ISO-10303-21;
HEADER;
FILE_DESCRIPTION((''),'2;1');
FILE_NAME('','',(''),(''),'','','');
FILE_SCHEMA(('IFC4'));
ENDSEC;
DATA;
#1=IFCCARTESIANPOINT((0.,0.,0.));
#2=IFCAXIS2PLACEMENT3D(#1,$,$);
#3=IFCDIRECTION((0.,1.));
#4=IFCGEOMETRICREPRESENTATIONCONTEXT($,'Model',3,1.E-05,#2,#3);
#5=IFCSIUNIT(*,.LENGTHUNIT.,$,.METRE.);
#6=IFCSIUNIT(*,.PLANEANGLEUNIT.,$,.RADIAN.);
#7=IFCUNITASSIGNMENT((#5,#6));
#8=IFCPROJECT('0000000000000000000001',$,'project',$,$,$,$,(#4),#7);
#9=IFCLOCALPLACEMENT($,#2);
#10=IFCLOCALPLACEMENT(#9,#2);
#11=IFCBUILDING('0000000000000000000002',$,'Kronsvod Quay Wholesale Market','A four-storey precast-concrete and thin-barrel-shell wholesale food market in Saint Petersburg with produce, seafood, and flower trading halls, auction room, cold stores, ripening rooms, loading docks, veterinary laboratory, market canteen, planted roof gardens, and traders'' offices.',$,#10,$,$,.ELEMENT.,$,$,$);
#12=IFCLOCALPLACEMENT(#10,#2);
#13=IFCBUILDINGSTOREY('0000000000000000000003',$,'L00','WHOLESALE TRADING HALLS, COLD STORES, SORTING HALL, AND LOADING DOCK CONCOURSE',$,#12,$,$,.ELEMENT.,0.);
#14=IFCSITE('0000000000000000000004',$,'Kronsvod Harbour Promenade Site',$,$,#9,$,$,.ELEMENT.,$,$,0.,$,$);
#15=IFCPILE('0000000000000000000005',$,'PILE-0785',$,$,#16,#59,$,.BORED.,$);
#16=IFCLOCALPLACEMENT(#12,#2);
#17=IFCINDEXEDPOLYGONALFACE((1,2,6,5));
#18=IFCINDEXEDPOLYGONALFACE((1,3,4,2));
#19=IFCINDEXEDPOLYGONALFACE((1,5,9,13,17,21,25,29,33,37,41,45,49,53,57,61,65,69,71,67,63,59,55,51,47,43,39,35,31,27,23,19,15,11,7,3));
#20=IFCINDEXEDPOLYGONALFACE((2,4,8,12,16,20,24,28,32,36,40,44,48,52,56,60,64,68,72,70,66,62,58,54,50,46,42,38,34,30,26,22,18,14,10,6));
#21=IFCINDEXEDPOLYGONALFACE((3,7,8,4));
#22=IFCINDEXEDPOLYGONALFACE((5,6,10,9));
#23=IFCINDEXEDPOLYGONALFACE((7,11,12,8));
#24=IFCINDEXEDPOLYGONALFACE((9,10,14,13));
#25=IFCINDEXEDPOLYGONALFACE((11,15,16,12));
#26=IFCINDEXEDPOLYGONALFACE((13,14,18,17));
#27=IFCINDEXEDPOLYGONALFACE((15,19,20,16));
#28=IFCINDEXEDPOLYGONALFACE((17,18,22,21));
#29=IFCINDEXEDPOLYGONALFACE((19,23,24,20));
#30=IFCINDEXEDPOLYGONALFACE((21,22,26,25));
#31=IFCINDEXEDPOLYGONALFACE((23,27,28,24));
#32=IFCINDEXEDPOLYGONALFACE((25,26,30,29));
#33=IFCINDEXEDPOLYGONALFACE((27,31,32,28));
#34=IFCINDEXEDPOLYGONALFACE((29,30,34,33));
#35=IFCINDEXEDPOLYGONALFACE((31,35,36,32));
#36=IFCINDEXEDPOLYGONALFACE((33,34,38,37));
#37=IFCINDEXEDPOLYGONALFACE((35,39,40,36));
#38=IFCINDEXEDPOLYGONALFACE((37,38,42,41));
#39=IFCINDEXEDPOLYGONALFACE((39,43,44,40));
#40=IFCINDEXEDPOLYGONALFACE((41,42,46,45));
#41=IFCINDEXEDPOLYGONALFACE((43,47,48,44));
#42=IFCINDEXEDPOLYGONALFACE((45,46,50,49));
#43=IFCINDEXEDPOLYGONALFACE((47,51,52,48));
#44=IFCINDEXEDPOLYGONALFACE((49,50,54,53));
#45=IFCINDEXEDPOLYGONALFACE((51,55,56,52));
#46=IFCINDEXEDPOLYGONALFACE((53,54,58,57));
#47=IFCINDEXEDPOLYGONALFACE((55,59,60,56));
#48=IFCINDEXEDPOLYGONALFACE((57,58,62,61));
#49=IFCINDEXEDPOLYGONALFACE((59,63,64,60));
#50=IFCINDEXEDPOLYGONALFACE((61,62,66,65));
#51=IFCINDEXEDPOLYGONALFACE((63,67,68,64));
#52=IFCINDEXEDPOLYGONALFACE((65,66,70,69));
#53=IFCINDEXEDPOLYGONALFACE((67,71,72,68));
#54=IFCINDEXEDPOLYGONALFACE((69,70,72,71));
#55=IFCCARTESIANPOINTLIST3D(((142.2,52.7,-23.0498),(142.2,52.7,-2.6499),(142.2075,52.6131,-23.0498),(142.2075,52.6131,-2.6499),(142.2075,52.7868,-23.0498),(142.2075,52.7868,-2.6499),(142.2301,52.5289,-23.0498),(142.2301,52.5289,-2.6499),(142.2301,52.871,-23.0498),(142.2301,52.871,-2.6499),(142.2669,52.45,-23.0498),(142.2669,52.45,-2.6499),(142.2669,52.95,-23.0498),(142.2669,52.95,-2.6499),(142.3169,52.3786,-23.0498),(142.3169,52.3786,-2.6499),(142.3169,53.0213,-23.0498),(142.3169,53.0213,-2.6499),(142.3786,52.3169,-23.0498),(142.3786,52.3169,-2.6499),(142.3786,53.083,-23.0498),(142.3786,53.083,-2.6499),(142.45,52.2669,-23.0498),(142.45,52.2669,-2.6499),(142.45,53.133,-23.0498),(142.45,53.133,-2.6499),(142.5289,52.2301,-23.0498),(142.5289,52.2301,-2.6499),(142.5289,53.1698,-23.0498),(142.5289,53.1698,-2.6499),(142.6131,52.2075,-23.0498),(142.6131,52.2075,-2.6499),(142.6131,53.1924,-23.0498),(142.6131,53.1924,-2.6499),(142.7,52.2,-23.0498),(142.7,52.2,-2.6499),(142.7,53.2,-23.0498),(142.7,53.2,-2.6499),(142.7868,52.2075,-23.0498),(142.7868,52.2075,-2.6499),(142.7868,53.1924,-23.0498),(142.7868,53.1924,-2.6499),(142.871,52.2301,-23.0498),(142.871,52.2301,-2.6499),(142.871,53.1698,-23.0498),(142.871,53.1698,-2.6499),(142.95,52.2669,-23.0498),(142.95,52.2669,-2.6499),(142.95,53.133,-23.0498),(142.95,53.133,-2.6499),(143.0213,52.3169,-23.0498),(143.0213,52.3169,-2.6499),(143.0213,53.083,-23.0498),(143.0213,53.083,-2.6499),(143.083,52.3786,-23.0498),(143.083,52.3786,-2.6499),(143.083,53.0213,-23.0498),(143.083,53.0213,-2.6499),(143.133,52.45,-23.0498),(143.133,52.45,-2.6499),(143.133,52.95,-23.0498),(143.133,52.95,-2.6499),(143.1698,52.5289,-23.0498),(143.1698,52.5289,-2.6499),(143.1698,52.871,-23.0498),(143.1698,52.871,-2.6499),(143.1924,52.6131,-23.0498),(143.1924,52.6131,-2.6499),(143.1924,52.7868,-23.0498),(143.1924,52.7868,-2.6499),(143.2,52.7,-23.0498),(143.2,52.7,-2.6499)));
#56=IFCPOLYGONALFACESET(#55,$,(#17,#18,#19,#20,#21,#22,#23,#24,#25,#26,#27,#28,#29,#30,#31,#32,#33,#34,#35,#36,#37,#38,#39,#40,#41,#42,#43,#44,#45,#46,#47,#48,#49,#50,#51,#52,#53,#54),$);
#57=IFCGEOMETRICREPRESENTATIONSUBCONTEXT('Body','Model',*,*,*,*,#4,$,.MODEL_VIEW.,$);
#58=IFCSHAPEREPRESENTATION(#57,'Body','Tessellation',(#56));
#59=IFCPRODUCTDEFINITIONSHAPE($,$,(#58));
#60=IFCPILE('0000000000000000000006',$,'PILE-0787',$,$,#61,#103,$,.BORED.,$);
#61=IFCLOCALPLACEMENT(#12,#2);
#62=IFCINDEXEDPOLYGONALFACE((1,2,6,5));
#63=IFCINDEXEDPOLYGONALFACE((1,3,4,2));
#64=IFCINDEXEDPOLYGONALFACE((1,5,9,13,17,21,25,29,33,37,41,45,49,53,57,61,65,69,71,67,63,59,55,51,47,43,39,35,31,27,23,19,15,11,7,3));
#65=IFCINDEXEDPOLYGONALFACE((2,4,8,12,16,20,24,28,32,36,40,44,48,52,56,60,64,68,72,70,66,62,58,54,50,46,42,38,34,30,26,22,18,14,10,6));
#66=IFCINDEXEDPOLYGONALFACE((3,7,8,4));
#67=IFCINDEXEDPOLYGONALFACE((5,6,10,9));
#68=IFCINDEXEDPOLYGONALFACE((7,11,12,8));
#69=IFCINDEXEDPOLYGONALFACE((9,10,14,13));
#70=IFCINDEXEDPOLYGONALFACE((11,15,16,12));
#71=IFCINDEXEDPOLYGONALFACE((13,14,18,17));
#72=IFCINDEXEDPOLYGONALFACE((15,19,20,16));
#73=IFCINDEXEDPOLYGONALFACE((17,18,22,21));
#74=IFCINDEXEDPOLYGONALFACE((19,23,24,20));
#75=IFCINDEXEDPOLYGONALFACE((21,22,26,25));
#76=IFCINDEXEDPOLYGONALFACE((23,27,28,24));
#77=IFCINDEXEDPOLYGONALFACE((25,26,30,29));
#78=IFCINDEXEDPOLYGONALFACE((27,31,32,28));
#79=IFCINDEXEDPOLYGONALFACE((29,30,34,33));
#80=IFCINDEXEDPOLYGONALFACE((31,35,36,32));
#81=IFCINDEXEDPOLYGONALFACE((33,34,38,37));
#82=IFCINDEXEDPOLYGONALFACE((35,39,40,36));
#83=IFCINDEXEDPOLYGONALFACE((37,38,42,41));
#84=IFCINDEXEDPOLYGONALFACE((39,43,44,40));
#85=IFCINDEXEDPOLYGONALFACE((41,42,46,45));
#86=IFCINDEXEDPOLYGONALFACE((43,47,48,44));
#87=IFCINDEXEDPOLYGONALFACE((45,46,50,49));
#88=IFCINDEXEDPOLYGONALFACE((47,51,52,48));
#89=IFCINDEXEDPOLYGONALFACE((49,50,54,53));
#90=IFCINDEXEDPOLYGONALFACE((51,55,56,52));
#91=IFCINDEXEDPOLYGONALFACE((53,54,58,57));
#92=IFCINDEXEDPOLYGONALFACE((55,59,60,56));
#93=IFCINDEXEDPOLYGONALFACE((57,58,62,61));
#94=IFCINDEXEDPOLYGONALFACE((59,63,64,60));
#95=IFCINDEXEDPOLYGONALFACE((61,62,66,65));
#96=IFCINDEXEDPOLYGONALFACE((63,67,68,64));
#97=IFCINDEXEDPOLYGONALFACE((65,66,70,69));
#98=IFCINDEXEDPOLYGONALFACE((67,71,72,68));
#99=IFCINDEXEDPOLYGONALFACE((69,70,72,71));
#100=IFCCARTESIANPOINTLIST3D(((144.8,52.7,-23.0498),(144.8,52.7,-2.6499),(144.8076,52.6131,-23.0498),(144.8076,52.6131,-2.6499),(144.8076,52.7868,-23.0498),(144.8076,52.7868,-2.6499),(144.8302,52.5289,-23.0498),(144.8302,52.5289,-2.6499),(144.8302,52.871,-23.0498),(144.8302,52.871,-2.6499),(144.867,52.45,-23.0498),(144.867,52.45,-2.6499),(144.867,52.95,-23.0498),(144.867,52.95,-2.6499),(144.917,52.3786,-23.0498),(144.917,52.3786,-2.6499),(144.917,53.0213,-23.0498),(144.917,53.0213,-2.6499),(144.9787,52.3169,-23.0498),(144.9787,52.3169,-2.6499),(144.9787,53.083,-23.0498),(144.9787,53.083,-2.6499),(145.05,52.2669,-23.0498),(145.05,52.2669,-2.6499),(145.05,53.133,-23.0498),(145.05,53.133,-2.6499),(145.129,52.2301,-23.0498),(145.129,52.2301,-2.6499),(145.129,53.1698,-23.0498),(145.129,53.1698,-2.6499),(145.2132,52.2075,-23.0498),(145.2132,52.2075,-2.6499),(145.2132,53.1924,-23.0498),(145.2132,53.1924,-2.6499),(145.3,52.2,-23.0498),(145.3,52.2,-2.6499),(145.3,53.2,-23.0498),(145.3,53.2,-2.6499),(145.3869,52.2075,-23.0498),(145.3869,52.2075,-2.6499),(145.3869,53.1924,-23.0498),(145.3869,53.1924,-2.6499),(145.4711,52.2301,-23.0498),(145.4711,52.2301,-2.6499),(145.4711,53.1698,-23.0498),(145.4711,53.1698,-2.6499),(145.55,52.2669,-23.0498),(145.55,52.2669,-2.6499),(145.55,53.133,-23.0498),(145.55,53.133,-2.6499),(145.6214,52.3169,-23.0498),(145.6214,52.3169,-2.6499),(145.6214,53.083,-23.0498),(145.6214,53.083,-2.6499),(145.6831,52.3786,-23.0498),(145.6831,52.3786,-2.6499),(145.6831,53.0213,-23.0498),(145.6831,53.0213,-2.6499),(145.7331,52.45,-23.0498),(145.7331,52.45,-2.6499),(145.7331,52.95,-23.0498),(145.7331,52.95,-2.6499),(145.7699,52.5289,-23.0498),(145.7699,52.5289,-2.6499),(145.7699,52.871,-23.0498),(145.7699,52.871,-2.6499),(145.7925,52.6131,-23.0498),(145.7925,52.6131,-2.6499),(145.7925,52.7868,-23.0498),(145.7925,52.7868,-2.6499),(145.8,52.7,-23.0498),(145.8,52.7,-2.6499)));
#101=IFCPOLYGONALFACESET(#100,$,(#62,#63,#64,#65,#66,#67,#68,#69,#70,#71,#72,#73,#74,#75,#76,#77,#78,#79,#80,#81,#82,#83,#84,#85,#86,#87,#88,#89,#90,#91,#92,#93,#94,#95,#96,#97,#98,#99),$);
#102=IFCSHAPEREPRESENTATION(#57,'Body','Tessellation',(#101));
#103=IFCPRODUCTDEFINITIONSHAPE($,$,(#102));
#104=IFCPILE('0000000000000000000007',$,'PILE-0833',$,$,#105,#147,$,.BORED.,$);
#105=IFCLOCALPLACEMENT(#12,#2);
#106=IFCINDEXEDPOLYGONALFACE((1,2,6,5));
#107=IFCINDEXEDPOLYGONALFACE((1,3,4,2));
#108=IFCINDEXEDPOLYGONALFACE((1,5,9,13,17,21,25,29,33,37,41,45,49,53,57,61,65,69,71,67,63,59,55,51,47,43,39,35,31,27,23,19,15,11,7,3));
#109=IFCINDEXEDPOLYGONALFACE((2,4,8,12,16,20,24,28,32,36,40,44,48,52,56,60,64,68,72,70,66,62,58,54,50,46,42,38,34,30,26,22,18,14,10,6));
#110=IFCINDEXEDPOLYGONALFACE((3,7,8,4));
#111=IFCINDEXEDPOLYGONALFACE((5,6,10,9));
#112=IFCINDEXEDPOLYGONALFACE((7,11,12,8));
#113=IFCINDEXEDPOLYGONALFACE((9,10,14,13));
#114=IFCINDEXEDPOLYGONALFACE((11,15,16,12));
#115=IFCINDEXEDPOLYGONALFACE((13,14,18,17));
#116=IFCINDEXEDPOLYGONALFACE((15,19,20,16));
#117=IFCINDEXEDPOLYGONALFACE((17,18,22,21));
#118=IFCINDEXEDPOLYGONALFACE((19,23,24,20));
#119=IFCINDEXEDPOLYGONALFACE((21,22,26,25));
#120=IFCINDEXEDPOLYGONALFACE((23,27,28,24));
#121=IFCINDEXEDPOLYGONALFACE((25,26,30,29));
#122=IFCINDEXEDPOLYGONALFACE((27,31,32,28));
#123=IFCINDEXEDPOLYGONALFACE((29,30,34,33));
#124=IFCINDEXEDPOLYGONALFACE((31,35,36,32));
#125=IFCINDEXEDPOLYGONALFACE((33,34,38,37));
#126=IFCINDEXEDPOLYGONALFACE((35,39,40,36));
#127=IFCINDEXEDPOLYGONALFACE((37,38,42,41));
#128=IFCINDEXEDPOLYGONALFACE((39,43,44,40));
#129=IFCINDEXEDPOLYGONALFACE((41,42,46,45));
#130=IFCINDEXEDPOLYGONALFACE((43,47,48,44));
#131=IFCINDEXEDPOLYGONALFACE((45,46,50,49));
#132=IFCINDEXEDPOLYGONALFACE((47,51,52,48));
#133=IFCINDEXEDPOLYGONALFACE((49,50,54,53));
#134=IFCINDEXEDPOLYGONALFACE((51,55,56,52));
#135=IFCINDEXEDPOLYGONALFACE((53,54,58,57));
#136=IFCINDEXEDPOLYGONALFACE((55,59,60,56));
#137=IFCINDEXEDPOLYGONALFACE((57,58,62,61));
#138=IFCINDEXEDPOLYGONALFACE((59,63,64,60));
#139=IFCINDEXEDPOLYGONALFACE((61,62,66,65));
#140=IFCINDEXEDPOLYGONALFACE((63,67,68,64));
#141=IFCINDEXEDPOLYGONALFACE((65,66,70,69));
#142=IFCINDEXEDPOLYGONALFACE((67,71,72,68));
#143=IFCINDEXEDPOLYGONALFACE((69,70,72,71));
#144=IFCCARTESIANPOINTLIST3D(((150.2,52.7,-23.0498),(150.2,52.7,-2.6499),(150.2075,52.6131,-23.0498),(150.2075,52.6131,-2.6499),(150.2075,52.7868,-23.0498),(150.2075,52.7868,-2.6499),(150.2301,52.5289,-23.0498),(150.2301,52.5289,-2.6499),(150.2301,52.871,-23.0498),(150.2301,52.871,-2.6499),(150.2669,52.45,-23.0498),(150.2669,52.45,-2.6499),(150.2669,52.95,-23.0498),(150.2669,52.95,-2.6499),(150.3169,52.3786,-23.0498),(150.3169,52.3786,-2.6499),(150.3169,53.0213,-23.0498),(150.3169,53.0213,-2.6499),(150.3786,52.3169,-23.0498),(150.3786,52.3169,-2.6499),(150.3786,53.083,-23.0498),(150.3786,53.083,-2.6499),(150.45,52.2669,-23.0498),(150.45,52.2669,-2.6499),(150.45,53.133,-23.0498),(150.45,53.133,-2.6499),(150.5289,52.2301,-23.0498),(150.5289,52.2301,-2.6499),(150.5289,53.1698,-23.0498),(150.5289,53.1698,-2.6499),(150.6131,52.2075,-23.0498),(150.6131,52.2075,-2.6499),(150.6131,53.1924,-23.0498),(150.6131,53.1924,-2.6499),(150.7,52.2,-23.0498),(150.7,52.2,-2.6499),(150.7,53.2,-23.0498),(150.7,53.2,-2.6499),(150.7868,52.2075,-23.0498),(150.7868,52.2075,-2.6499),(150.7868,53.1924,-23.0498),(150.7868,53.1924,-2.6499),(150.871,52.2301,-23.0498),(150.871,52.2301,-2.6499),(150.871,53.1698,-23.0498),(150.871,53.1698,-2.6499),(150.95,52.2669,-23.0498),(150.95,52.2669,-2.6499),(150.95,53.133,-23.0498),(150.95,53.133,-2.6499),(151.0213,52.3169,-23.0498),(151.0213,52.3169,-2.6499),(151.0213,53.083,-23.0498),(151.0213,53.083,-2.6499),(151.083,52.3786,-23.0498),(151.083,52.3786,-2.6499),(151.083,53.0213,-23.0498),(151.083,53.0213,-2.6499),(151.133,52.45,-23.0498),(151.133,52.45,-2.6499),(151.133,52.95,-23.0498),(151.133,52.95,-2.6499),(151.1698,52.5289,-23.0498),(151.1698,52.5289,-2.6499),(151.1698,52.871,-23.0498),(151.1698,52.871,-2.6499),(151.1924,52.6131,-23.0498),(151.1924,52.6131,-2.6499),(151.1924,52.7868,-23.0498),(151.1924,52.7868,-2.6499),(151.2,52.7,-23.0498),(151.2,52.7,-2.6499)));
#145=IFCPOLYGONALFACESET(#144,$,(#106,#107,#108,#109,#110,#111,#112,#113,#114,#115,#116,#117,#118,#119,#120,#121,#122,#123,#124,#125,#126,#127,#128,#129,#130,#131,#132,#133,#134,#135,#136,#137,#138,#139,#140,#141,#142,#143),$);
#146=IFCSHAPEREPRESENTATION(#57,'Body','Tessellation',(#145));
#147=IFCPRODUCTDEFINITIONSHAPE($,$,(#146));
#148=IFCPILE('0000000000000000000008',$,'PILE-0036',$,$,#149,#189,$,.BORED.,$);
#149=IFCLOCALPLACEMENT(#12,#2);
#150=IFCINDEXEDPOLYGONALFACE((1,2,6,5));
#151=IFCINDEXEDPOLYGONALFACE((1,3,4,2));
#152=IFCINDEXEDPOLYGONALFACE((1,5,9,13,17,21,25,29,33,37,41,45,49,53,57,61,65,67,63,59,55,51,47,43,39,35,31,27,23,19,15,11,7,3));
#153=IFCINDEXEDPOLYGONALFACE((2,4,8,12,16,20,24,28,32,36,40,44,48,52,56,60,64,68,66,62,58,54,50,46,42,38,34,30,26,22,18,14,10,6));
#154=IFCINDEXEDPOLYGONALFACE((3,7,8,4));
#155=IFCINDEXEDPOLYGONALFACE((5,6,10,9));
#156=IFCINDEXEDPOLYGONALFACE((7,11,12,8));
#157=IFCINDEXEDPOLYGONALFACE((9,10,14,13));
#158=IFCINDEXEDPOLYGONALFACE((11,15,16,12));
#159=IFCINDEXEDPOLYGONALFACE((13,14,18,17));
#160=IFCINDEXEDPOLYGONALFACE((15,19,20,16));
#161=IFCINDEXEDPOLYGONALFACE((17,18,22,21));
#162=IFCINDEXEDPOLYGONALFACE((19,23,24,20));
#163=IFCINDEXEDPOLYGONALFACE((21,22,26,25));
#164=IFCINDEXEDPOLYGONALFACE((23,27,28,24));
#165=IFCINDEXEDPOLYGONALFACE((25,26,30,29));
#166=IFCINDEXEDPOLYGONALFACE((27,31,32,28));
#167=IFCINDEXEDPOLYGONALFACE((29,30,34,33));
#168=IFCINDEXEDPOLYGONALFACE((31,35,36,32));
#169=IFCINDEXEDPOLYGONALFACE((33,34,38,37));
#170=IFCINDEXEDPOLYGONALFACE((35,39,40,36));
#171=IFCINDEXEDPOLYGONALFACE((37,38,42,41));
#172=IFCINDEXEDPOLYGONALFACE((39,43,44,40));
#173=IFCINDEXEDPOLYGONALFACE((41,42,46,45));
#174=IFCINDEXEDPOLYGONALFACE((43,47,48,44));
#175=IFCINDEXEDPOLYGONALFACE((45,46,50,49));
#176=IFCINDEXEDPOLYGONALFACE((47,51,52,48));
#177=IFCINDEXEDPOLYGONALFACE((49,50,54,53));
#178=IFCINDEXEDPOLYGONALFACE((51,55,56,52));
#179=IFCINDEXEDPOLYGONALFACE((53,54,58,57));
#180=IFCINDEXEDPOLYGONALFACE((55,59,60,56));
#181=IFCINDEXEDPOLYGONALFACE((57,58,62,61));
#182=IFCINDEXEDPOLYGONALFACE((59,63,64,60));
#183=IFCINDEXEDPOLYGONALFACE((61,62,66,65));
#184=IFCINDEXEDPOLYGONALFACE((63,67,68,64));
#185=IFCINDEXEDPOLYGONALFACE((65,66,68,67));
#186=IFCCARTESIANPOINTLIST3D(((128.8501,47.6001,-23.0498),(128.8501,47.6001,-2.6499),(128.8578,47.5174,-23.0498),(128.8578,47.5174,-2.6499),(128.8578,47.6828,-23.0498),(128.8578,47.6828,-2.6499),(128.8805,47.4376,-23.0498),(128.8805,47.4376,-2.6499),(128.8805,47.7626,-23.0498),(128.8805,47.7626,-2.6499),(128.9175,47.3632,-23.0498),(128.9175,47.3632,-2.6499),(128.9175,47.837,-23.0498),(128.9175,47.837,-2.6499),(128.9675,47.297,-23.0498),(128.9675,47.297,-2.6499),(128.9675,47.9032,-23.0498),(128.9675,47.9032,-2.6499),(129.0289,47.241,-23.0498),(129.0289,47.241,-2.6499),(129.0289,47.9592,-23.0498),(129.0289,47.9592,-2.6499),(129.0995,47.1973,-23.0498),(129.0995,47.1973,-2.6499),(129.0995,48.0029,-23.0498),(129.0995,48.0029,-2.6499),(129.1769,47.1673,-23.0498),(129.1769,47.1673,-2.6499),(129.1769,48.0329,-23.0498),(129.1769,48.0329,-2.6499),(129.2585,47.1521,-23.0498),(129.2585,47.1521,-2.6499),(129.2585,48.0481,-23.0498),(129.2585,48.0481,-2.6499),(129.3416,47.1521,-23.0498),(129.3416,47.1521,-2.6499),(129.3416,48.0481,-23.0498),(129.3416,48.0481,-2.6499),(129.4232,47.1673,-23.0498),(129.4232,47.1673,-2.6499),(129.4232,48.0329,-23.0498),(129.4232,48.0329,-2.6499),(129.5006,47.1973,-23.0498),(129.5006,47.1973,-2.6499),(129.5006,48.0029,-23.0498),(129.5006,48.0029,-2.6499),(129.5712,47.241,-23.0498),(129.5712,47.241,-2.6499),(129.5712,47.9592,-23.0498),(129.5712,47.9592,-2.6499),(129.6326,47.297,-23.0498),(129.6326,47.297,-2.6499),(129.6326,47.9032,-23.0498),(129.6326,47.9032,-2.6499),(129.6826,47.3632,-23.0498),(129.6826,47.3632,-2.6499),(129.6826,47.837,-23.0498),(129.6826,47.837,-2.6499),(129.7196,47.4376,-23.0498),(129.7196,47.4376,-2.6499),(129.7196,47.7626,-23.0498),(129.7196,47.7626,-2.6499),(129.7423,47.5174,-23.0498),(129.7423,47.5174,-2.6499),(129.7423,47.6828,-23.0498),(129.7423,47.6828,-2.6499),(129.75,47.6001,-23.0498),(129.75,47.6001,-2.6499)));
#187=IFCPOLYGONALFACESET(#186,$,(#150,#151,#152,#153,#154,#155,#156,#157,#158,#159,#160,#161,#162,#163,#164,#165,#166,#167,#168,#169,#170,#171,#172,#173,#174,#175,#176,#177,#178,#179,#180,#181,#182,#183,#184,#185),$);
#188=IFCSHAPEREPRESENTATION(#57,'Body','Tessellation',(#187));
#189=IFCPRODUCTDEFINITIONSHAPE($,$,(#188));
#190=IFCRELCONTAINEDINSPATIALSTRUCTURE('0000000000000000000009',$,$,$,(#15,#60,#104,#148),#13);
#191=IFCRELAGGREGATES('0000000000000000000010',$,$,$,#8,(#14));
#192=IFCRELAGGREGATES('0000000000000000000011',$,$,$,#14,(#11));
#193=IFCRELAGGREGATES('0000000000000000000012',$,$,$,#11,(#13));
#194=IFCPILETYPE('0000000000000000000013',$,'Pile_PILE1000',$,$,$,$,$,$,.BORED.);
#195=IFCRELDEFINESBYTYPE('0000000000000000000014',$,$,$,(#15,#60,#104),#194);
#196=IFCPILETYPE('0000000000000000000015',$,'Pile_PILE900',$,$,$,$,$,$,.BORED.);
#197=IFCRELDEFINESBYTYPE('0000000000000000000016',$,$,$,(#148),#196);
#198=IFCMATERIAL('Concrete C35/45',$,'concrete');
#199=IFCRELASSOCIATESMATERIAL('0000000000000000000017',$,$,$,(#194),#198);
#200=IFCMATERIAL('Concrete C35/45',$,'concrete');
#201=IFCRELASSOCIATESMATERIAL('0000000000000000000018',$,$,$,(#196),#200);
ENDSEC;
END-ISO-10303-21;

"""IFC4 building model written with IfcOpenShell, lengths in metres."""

from ifc_helpers import new_model, si_unit, direction, frame, origin, origin_2d, place, context, subcontext, project, spatial, circle, extrude, material, material_profile, profile_set, type_object, element, save


model = new_model("IFC4")

# Units and contexts
model_context = context("Model", 3, precision=1e-05, world=origin(), true_north=direction((0.0, 1.0)))
body_context = subcontext(model_context, "Body", "Model", "MODEL_VIEW")
ifc_project = project(units=[si_unit("LENGTHUNIT", "METRE"), si_unit("PLANEANGLEUNIT", "RADIAN")], contexts=[model_context])

# Site, building, storey
site_placement = place(None, origin())
site = spatial("IfcSite", under=ifc_project, at=site_placement, Name="Kronsvod Harbour Promenade Site", CompositionType="ELEMENT", RefElevation=0.0)
building_placement = place(site_placement, origin())
building = spatial("IfcBuilding", under=site, at=building_placement, Name="Kronsvod Quay Wholesale Market", Description="A four-storey precast-concrete and thin-barrel-shell wholesale food market in Saint Petersburg with produce, seafood, and flower trading halls, auction room, cold stores, ripening rooms, loading docks, veterinary laboratory, market canteen, planted roof gardens, and traders' offices.", CompositionType="ELEMENT")
storey_placement = place(building_placement, origin())
storey = spatial("IfcBuildingStorey", under=building, at=storey_placement, Name="L00", Description="WHOLESALE TRADING HALLS, COLD STORES, SORTING HALL, AND LOADING DOCK CONCOURSE", CompositionType="ELEMENT", Elevation=0.0)

# Piles
ifc_material_1 = material(Name="Concrete C35/45", Category="concrete")
ifc_material_profile_1 = material_profile(ifc_material_1, circle(Radius=0.5, at=origin_2d()), Name="PILE1000")
ifc_profile_set_1 = profile_set([ifc_material_profile_1], Name="Concrete C35/45")
pile_type_1 = type_object("IfcPileType", Name="Pile_PILE1000", PredefinedType="BORED", material=ifc_profile_set_1)
for number, where, z_axis, x_axis, name in (
    (1, (142.7, 52.7, -2.6499), (0.0, 0.0, -1.0), (1.0, 0.0, 0.0), "PILE-0785"),
    (2, (145.3, 52.7, -2.6499), (0.0, 0.0, -1.0), (1.0, 0.0, 0.0), "PILE-0787"),
    (3, (150.7, 52.7, -2.6499), (0.0, 0.0, -1.0), (1.0, 0.0, 0.0), "PILE-0833"),
):
    element("IfcPile", number, at=place(storey_placement, frame(where, z_axis=z_axis, x_axis=x_axis)), inside=storey, type_object=pile_type_1, Name=name, PredefinedType="BORED", context=body_context, shape_type="SweptSolid", body=[
        extrude(circle(Radius=0.5, at=origin_2d()), origin(), (0.0, 0.0, 1.0), 20.3999),
    ])
ifc_material_2 = material(Name="Concrete C35/45", Category="concrete")
ifc_material_profile_2 = material_profile(ifc_material_2, circle(Radius=0.45, at=origin_2d()), Name="PILE900")
ifc_profile_set_2 = profile_set([ifc_material_profile_2], Name="Concrete C35/45")
pile_type_2 = type_object("IfcPileType", Name="Pile_PILE900", PredefinedType="BORED", material=ifc_profile_set_2)
for number, where, z_axis, x_axis, name in (
    (4, (129.3, 47.6001, -2.6499), (0.0, 0.0, -1.0), (1.0, 0.0, 0.0), "PILE-0036"),
):
    element("IfcPile", number, at=place(storey_placement, frame(where, z_axis=z_axis, x_axis=x_axis)), inside=storey, type_object=pile_type_2, Name=name, PredefinedType="BORED", context=body_context, shape_type="SweptSolid", body=[
        extrude(circle(Radius=0.45, at=origin_2d()), origin(), (0.0, 0.0, 1.0), 20.3999),
    ])

save(model, "model.ifc")
